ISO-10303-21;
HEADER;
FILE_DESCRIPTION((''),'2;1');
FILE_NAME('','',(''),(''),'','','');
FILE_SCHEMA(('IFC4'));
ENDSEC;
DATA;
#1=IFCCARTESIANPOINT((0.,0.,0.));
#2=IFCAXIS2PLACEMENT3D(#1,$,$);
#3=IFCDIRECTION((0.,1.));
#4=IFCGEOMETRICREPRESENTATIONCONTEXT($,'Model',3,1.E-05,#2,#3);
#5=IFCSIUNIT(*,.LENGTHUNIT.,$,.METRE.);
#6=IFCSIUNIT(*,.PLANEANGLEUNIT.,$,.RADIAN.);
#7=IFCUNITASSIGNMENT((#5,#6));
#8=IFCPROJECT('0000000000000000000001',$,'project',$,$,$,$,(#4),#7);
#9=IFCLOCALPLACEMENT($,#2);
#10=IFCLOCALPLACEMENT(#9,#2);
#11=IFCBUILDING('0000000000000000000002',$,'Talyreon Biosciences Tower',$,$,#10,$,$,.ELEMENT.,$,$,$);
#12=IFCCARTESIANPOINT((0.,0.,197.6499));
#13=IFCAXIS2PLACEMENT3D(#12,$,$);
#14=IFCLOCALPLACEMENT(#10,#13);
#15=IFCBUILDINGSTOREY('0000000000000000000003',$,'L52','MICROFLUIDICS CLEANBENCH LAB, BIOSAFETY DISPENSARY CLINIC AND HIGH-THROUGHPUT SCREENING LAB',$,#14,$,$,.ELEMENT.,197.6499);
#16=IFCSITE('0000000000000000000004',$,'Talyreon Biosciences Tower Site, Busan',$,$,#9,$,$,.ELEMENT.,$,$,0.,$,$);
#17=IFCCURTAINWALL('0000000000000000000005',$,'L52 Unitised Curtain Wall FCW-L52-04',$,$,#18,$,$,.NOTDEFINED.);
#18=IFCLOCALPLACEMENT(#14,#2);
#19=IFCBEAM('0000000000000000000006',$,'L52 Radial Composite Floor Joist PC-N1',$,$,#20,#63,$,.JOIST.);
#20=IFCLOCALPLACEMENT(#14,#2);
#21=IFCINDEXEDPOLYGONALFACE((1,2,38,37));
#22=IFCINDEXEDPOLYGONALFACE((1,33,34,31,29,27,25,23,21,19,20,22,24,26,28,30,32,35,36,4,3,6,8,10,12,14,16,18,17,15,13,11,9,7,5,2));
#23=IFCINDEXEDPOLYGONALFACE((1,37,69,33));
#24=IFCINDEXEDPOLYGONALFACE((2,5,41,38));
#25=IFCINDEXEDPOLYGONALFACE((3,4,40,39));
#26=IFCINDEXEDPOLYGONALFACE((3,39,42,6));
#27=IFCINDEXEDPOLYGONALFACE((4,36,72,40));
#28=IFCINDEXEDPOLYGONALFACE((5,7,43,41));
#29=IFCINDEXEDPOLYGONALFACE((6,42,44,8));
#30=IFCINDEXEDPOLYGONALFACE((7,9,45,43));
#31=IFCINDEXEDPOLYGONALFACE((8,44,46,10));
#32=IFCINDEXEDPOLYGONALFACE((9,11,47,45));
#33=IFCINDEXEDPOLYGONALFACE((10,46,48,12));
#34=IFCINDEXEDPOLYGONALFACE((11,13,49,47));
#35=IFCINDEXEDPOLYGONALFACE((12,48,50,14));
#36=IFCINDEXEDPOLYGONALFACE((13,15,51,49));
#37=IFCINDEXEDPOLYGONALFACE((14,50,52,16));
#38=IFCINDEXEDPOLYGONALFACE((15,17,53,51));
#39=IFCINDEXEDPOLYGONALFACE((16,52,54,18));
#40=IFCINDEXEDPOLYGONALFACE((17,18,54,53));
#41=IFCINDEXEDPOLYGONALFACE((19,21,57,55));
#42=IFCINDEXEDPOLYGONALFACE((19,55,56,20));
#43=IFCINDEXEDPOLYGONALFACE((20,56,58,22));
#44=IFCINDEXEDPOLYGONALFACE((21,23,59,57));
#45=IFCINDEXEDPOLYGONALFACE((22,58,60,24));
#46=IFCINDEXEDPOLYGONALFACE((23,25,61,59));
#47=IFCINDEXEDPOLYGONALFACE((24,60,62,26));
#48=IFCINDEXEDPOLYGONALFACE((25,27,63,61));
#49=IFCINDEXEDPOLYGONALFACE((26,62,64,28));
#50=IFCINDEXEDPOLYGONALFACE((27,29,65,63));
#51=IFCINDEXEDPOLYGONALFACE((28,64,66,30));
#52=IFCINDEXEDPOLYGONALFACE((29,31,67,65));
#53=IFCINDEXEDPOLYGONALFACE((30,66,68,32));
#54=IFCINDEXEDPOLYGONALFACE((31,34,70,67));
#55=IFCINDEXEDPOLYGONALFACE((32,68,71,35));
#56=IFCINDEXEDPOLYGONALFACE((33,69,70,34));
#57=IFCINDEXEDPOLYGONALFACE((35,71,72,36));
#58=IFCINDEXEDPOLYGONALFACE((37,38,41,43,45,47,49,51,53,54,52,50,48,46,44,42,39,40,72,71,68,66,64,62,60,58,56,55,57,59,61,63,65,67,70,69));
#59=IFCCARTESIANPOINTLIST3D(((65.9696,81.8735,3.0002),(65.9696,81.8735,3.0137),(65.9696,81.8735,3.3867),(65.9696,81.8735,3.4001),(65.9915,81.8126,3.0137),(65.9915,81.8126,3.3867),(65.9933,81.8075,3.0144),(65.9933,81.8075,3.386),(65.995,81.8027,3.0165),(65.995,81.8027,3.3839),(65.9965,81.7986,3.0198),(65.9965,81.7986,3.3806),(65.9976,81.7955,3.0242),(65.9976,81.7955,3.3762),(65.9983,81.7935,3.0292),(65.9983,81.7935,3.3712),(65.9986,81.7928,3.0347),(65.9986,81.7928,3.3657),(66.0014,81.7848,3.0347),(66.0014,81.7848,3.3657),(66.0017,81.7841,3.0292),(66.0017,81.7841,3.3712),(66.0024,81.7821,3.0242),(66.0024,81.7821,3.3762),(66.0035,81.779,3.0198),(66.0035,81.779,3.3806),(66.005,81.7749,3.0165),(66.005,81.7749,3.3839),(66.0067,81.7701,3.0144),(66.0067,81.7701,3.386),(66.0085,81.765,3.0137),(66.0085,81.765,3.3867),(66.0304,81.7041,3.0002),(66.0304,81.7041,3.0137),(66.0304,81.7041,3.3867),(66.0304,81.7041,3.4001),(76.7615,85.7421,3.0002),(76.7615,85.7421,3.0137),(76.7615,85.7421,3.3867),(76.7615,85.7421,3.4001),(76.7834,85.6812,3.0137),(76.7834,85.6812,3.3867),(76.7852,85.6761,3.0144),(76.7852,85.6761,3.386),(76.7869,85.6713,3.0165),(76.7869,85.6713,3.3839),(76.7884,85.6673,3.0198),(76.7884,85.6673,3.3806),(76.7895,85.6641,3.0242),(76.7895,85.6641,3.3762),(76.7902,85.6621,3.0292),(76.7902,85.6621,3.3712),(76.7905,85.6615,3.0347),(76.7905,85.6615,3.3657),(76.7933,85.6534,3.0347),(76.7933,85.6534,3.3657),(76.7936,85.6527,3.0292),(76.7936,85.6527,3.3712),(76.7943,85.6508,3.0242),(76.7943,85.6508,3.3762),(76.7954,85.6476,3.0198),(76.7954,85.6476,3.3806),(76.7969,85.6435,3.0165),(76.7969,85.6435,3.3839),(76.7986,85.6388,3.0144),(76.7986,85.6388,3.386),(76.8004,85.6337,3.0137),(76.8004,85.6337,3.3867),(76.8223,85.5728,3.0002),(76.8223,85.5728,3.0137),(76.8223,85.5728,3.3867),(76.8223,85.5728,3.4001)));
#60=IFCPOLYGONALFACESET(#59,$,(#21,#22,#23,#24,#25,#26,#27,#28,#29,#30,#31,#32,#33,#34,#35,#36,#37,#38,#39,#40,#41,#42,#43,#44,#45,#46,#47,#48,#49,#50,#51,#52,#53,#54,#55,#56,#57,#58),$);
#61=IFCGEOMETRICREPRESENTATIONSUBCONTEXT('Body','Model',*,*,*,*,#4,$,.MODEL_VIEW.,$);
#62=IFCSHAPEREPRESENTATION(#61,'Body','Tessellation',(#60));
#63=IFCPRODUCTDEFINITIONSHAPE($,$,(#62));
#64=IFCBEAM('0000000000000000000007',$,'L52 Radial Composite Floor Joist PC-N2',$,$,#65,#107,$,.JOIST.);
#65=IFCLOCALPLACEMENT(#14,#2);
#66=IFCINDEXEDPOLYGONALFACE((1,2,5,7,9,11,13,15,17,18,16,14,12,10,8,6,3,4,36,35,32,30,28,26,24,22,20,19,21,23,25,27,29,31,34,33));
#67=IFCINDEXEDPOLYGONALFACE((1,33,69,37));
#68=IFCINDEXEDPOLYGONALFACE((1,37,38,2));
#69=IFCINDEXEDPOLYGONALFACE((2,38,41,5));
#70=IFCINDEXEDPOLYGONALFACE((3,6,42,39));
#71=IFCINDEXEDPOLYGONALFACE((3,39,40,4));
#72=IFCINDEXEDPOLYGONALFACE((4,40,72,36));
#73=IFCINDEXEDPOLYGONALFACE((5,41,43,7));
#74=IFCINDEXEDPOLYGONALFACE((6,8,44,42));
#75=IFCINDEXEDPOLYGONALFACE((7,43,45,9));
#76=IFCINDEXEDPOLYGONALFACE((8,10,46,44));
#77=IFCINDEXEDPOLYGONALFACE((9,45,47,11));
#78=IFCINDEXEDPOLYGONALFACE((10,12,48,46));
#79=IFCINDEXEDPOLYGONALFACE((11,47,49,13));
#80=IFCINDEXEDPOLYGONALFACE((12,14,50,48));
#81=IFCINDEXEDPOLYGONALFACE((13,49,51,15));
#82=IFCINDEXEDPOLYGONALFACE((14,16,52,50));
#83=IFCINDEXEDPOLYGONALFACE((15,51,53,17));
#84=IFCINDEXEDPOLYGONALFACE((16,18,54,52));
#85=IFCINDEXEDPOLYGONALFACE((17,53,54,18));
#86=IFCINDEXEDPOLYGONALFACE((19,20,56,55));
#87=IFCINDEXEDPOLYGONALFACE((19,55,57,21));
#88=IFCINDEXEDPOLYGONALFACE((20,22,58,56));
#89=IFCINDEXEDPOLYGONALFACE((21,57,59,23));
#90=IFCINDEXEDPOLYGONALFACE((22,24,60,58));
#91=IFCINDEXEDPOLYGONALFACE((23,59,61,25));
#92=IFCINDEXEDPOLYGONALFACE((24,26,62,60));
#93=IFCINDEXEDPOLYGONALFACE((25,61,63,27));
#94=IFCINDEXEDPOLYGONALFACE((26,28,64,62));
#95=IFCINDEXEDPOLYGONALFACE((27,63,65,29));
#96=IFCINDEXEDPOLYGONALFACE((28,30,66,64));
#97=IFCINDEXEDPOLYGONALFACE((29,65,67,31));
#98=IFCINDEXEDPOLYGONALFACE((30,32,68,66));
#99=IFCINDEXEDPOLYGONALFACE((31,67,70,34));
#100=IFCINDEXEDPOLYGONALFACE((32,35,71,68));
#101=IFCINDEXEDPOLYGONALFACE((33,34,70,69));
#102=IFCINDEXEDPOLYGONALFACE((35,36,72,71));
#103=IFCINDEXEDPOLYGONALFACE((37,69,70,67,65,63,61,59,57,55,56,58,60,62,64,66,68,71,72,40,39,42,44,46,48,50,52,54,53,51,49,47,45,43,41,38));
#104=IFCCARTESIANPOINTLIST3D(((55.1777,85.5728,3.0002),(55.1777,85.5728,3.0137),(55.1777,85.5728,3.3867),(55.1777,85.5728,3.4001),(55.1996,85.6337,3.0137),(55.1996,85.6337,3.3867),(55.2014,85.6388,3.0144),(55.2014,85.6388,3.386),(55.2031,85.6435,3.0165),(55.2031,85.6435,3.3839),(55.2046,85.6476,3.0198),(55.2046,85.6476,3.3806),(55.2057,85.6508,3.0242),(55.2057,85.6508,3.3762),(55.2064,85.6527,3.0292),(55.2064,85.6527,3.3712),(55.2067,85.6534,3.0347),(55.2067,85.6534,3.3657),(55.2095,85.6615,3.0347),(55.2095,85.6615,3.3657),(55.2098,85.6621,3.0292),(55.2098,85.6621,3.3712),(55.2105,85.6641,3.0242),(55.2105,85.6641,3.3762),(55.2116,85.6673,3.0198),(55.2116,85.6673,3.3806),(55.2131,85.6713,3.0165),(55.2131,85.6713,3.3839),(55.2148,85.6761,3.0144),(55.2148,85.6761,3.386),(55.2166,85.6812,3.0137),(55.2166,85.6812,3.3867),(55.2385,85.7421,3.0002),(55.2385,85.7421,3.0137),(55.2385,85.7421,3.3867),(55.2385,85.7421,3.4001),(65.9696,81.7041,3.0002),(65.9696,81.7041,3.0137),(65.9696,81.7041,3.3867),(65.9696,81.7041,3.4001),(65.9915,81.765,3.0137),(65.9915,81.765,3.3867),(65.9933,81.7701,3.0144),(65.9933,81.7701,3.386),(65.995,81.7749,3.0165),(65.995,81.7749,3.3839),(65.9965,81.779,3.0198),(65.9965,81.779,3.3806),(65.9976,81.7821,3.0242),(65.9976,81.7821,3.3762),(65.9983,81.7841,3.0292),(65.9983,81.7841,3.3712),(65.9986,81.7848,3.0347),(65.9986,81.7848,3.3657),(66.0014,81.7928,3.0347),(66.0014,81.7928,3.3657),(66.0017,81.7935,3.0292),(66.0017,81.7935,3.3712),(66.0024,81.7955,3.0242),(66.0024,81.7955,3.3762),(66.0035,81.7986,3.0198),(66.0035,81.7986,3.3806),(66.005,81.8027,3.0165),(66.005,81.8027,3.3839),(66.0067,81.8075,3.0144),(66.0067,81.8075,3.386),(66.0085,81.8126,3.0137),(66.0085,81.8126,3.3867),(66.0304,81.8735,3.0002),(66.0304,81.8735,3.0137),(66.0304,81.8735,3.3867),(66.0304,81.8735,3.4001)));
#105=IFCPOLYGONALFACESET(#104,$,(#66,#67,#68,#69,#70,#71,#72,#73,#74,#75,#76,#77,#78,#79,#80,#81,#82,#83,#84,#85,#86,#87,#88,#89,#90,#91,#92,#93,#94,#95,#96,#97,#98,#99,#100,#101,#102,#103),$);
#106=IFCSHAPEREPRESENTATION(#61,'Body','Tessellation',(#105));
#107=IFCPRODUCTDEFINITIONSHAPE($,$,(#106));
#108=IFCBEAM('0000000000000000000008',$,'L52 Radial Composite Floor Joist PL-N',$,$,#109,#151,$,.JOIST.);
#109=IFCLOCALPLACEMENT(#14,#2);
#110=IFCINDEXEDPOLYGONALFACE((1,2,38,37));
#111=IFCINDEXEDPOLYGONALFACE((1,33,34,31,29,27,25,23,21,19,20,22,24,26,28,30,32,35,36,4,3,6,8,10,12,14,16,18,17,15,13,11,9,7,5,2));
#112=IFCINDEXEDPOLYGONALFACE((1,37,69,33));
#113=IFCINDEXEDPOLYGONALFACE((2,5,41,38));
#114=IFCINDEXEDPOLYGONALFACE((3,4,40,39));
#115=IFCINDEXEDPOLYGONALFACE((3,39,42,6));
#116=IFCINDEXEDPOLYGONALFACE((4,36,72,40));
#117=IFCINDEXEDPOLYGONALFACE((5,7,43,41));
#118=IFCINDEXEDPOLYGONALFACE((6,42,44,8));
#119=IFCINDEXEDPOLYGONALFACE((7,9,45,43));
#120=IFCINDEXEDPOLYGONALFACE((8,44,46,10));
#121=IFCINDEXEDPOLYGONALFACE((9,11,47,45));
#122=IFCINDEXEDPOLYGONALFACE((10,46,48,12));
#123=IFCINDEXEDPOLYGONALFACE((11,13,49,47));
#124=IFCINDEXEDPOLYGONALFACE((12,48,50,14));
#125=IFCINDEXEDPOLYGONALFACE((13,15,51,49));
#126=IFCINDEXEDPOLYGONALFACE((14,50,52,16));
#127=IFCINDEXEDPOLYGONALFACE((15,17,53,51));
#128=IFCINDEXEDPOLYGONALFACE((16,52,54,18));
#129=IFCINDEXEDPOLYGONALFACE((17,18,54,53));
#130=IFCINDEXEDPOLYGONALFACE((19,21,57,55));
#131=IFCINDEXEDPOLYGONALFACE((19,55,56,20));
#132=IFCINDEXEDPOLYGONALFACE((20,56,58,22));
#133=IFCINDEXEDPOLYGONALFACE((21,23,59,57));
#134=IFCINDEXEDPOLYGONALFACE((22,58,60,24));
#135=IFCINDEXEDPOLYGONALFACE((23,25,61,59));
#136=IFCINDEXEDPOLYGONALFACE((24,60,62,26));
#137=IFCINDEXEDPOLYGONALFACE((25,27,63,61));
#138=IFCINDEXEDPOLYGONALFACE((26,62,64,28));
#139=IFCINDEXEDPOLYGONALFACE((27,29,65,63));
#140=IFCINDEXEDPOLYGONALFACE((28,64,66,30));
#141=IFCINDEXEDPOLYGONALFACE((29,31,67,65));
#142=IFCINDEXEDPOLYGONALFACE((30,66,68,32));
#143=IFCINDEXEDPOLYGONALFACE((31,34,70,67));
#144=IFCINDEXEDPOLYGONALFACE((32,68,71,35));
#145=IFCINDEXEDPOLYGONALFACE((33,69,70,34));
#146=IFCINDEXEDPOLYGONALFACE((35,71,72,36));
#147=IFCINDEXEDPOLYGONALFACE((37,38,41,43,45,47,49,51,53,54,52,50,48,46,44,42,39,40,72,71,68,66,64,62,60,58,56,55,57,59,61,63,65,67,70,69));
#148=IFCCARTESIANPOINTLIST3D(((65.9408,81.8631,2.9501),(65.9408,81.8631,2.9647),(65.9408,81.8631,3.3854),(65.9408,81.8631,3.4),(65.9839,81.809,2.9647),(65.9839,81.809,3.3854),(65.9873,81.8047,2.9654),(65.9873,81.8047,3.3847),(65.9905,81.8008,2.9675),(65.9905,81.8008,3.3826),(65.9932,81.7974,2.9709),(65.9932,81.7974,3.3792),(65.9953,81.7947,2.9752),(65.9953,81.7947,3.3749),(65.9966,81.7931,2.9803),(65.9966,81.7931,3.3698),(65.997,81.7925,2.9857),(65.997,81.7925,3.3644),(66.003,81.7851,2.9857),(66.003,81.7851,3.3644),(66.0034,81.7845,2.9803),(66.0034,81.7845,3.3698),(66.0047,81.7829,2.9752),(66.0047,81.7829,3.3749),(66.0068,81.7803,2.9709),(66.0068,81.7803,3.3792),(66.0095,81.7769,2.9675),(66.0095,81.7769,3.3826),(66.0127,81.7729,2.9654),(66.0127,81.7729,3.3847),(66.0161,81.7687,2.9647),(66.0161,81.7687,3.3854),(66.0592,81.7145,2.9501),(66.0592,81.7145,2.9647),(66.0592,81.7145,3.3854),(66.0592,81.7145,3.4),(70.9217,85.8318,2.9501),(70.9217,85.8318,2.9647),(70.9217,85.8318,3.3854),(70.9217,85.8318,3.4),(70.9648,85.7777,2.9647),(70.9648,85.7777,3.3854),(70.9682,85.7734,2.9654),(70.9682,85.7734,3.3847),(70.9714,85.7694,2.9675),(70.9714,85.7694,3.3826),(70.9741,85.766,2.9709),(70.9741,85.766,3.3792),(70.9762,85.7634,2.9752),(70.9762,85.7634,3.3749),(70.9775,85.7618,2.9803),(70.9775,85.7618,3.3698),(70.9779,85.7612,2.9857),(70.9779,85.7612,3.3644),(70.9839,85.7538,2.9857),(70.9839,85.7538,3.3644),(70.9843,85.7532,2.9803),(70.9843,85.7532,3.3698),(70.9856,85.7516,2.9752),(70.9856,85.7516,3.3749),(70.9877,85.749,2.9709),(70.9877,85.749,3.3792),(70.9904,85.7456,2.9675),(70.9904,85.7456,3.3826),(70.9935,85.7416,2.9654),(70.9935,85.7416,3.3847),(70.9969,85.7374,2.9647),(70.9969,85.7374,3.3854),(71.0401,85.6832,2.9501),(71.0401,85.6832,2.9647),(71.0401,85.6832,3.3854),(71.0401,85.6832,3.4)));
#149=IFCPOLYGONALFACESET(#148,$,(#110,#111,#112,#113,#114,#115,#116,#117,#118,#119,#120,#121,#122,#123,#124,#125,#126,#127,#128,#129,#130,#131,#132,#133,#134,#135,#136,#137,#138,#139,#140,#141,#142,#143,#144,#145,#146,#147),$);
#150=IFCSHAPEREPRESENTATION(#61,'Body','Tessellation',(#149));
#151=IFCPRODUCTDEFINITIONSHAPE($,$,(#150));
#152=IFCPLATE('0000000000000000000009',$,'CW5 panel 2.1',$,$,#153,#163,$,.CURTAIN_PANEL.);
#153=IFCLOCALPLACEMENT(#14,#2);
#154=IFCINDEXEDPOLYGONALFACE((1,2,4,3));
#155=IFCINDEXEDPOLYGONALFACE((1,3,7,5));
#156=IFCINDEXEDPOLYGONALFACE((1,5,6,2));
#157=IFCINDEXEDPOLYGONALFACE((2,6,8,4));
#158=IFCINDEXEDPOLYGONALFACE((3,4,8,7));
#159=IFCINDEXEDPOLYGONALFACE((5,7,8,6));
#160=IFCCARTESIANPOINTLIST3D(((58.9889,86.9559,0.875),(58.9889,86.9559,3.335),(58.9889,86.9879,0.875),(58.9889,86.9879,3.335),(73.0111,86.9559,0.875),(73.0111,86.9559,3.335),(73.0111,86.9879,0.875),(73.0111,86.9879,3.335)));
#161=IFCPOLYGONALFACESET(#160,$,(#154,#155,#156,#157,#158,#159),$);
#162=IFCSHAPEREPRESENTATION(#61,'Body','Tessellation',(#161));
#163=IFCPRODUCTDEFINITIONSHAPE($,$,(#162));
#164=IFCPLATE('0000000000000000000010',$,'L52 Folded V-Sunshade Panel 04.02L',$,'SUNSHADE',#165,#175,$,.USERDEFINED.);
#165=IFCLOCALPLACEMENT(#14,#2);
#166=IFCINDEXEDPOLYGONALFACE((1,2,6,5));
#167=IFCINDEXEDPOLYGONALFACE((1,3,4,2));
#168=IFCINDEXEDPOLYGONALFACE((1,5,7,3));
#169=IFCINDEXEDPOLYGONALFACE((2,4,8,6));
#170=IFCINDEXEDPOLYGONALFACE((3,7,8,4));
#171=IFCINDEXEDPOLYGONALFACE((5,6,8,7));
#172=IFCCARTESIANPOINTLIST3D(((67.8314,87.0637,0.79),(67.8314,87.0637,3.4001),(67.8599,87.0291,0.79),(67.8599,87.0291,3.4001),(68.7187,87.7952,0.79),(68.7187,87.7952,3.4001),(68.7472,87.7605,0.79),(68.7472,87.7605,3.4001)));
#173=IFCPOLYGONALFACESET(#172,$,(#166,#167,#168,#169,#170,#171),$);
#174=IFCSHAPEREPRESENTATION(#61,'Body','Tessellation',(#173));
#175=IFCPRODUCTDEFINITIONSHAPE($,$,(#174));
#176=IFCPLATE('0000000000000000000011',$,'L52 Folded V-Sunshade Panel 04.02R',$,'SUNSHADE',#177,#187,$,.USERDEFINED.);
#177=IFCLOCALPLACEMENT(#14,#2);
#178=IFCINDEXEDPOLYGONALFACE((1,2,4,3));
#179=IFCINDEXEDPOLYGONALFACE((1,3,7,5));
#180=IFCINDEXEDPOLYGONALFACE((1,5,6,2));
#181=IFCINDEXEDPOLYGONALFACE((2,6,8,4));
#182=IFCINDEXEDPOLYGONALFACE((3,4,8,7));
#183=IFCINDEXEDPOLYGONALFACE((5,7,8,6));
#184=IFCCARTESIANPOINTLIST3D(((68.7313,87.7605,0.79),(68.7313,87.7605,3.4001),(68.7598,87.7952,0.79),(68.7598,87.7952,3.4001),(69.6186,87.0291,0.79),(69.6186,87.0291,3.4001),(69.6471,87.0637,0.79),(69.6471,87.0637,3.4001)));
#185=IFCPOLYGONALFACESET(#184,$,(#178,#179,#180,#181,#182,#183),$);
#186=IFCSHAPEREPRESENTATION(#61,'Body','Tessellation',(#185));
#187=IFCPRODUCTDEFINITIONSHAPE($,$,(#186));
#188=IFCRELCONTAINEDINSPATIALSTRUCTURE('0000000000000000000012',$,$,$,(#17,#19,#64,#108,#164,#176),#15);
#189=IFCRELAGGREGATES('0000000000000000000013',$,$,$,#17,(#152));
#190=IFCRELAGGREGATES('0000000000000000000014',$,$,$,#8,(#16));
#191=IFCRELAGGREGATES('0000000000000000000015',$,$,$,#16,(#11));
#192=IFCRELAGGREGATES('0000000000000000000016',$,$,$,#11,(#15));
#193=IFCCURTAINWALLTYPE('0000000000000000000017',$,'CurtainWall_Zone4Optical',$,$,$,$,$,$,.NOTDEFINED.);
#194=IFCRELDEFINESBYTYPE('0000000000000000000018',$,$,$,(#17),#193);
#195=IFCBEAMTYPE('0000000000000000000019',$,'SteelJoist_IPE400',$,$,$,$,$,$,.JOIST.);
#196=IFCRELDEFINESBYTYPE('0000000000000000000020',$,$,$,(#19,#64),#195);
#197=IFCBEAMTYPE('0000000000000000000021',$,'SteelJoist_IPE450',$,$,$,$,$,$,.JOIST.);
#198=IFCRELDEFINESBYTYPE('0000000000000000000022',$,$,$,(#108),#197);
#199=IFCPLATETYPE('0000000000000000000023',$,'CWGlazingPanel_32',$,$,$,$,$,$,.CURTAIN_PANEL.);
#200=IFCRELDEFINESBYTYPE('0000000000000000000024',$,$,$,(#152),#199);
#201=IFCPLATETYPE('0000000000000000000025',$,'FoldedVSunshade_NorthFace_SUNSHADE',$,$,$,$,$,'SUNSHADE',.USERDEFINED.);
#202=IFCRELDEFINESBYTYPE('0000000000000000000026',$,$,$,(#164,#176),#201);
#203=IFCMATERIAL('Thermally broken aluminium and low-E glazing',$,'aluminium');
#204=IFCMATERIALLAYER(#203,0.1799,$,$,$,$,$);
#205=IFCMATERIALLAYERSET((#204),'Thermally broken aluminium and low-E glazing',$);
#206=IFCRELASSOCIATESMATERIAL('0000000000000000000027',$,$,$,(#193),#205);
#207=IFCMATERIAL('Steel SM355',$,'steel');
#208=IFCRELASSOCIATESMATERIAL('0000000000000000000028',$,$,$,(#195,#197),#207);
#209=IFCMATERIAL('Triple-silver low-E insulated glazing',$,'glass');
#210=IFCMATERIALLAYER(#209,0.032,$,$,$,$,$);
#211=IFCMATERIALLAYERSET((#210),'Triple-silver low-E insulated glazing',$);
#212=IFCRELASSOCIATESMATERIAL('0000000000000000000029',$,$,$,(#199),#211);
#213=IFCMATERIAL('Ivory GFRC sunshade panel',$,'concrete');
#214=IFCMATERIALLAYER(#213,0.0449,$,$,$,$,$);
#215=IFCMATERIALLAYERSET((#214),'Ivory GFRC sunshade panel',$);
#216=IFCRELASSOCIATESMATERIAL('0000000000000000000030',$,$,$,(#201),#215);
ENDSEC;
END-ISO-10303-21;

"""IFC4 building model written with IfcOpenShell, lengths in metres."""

from ifc_helpers import new_model, si_unit, direction, frame, origin, origin_2d, place, context, subcontext, project, spatial, rectangle, i_section, extrude, material, layer, layer_set, material_profile, profile_set, type_object, element, aggregate, save


model = new_model("IFC4")

# Units and contexts
model_context = context("Model", 3, precision=1e-05, world=origin(), true_north=direction((0.0, 1.0)))
body_context = subcontext(model_context, "Body", "Model", "MODEL_VIEW")
ifc_project = project(units=[si_unit("LENGTHUNIT", "METRE"), si_unit("PLANEANGLEUNIT", "RADIAN")], contexts=[model_context])

# Site, building, storey
site_placement = place(None, origin())
site = spatial("IfcSite", under=ifc_project, at=site_placement, Name="Talyreon Biosciences Tower Site, Busan", CompositionType="ELEMENT", RefElevation=0.0)
building_placement = place(site_placement, origin())
building = spatial("IfcBuilding", under=site, at=building_placement, Name="Talyreon Biosciences Tower", CompositionType="ELEMENT")
storey_placement = place(building_placement, frame((0.0, 0.0, 197.6499)))
storey = spatial("IfcBuildingStorey", under=building, at=storey_placement, Name="L52", Description="MICROFLUIDICS CLEANBENCH LAB, BIOSAFETY DISPENSARY CLINIC AND HIGH-THROUGHPUT SCREENING LAB", CompositionType="ELEMENT", Elevation=197.6499)

# Curtain wall
ifc_material_1 = material(Name="Thermally broken aluminium and low-E glazing", Category="aluminium")
ifc_layer_1 = layer(ifc_material_1, 0.1799)
ifc_layer_set_1 = layer_set([ifc_layer_1], Name="Thermally broken aluminium and low-E glazing")
curtain_wall_type = type_object("IfcCurtainWallType", Name="CurtainWall_Zone4Optical", PredefinedType="NOTDEFINED", material=ifc_layer_set_1)
curtain_wall_placement = place(storey_placement, origin())
curtain_wall = element("IfcCurtainWall", 1, at=curtain_wall_placement, inside=storey, type_object=curtain_wall_type, Name="L52 Unitised Curtain Wall FCW-L52-04", PredefinedType="NOTDEFINED")

# Beams
ifc_material_2 = material(Name="Steel SM355", Category="steel")
ifc_material_profile_1 = material_profile(ifc_material_2, i_section(OverallWidth=0.1799, OverallDepth=0.3999, WebThickness=0.0085, FlangeThickness=0.0134, FilletRadius=0.021, at=origin_2d()), Name="IPE400")
ifc_profile_set_1 = profile_set([ifc_material_profile_1], Name="Steel SM355")
beam_type_1 = type_object("IfcBeamType", Name="SteelJoist_IPE400", PredefinedType="JOIST", material=ifc_profile_set_1)
for number, where, z_axis, x_axis, name in (
    (2, (66.0, 81.7888, 3.2002), (0.941344, 0.337448, 0.0), (-0.337448, 0.941344, 0.0), "L52 Radial Composite Floor Joist PC-N1"),
    (3, (66.0, 81.7888, 3.2002), (-0.941344, 0.337448, 0.0), (-0.337448, -0.941344, 0.0), "L52 Radial Composite Floor Joist PC-N2"),
):
    element("IfcBeam", number, at=place(storey_placement, frame(where, z_axis=z_axis, x_axis=x_axis)), inside=storey, type_object=beam_type_1, Name=name, PredefinedType="JOIST", context=body_context, shape_type="SweptSolid", body=[
        extrude(i_section(OverallWidth=0.1799, OverallDepth=0.3999, WebThickness=0.0085, FlangeThickness=0.0134, FilletRadius=0.021, at=origin_2d()), origin(), (0.0, 0.0, 1.0), 11.4644),
    ])
ifc_material_profile_2 = material_profile(ifc_material_2, i_section(OverallWidth=0.1899, OverallDepth=0.45, WebThickness=0.0095, FlangeThickness=0.0146, FilletRadius=0.021, at=origin_2d()), Name="IPE450")
ifc_profile_set_2 = profile_set([ifc_material_profile_2], Name="Steel SM355")
beam_type_2 = type_object("IfcBeamType", Name="SteelJoist_IPE450", PredefinedType="JOIST", material=ifc_profile_set_2)
beam_1_placement = place(storey_placement, frame((66.0, 81.7888, 3.175), z_axis=(0.782094, 0.62316, 0.0), x_axis=(-0.62316, 0.782094, 0.0)))
element("IfcBeam", 4, at=beam_1_placement, inside=storey, type_object=beam_type_2, Name="L52 Radial Composite Floor Joist PL-N", PredefinedType="JOIST", context=body_context, shape_type="SweptSolid", body=[
    extrude(i_section(OverallWidth=0.1899, OverallDepth=0.45, WebThickness=0.0095, FlangeThickness=0.0146, FilletRadius=0.021, at=origin_2d()), origin(), (0.0, 0.0, 1.0), 6.3687),
])

# Plate
ifc_material_3 = material(Name="Triple-silver low-E insulated glazing", Category="glass")
ifc_layer_2 = layer(ifc_material_3, 0.032)
ifc_layer_set_2 = layer_set([ifc_layer_2], Name="Triple-silver low-E insulated glazing")
plate_type_1 = type_object("IfcPlateType", Name="CWGlazingPanel_32", PredefinedType="CURTAIN_PANEL", material=ifc_layer_set_2)
plate_placement = place(storey_placement, frame((66.0, 86.9719, 0.875), z_axis=(0.0, 0.0, 1.0), x_axis=(1.0, 0.0, 0.0)))
plate = element("IfcPlate", 5, at=plate_placement, type_object=plate_type_1, Name="CW5 panel 2.1", PredefinedType="CURTAIN_PANEL", context=body_context, shape_type="SweptSolid", body=[
    extrude(rectangle(XDim=14.0222, YDim=0.032, at=origin_2d()), origin(), (0.0, 0.0, 1.0), 2.46),
])
aggregate(curtain_wall, [plate])

# Plates
ifc_material_4 = material(Name="Ivory GFRC sunshade panel", Category="concrete")
ifc_layer_3 = layer(ifc_material_4, 0.0449)
ifc_layer_set_3 = layer_set([ifc_layer_3], Name="Ivory GFRC sunshade panel")
plate_type_2 = type_object("IfcPlateType", Name="FoldedVSunshade_NorthFace_SUNSHADE", ElementType="SUNSHADE", PredefinedType="USERDEFINED", material=ifc_layer_set_3)
for number, where, z_axis, x_axis, name in (
    (6, (68.2893, 87.4121, 0.79), (0.0, 0.0, 1.0), (0.771625, 0.636078, 0.0), "L52 Folded V-Sunshade Panel 04.02L"),
    (7, (69.1892, 87.4121, 0.79), (0.0, 0.0, 1.0), (0.771625, -0.636078, 0.0), "L52 Folded V-Sunshade Panel 04.02R"),
):
    element("IfcPlate", number, at=place(storey_placement, frame(where, z_axis=z_axis, x_axis=x_axis)), inside=storey, type_object=plate_type_2, Name=name, ObjectType="SUNSHADE", PredefinedType="USERDEFINED", context=body_context, shape_type="SweptSolid", body=[
        extrude(rectangle(XDim=1.1499, YDim=0.0449, at=origin_2d()), origin(), (0.0, 0.0, 1.0), 2.6101),
    ])

save(model, "model.ifc")
